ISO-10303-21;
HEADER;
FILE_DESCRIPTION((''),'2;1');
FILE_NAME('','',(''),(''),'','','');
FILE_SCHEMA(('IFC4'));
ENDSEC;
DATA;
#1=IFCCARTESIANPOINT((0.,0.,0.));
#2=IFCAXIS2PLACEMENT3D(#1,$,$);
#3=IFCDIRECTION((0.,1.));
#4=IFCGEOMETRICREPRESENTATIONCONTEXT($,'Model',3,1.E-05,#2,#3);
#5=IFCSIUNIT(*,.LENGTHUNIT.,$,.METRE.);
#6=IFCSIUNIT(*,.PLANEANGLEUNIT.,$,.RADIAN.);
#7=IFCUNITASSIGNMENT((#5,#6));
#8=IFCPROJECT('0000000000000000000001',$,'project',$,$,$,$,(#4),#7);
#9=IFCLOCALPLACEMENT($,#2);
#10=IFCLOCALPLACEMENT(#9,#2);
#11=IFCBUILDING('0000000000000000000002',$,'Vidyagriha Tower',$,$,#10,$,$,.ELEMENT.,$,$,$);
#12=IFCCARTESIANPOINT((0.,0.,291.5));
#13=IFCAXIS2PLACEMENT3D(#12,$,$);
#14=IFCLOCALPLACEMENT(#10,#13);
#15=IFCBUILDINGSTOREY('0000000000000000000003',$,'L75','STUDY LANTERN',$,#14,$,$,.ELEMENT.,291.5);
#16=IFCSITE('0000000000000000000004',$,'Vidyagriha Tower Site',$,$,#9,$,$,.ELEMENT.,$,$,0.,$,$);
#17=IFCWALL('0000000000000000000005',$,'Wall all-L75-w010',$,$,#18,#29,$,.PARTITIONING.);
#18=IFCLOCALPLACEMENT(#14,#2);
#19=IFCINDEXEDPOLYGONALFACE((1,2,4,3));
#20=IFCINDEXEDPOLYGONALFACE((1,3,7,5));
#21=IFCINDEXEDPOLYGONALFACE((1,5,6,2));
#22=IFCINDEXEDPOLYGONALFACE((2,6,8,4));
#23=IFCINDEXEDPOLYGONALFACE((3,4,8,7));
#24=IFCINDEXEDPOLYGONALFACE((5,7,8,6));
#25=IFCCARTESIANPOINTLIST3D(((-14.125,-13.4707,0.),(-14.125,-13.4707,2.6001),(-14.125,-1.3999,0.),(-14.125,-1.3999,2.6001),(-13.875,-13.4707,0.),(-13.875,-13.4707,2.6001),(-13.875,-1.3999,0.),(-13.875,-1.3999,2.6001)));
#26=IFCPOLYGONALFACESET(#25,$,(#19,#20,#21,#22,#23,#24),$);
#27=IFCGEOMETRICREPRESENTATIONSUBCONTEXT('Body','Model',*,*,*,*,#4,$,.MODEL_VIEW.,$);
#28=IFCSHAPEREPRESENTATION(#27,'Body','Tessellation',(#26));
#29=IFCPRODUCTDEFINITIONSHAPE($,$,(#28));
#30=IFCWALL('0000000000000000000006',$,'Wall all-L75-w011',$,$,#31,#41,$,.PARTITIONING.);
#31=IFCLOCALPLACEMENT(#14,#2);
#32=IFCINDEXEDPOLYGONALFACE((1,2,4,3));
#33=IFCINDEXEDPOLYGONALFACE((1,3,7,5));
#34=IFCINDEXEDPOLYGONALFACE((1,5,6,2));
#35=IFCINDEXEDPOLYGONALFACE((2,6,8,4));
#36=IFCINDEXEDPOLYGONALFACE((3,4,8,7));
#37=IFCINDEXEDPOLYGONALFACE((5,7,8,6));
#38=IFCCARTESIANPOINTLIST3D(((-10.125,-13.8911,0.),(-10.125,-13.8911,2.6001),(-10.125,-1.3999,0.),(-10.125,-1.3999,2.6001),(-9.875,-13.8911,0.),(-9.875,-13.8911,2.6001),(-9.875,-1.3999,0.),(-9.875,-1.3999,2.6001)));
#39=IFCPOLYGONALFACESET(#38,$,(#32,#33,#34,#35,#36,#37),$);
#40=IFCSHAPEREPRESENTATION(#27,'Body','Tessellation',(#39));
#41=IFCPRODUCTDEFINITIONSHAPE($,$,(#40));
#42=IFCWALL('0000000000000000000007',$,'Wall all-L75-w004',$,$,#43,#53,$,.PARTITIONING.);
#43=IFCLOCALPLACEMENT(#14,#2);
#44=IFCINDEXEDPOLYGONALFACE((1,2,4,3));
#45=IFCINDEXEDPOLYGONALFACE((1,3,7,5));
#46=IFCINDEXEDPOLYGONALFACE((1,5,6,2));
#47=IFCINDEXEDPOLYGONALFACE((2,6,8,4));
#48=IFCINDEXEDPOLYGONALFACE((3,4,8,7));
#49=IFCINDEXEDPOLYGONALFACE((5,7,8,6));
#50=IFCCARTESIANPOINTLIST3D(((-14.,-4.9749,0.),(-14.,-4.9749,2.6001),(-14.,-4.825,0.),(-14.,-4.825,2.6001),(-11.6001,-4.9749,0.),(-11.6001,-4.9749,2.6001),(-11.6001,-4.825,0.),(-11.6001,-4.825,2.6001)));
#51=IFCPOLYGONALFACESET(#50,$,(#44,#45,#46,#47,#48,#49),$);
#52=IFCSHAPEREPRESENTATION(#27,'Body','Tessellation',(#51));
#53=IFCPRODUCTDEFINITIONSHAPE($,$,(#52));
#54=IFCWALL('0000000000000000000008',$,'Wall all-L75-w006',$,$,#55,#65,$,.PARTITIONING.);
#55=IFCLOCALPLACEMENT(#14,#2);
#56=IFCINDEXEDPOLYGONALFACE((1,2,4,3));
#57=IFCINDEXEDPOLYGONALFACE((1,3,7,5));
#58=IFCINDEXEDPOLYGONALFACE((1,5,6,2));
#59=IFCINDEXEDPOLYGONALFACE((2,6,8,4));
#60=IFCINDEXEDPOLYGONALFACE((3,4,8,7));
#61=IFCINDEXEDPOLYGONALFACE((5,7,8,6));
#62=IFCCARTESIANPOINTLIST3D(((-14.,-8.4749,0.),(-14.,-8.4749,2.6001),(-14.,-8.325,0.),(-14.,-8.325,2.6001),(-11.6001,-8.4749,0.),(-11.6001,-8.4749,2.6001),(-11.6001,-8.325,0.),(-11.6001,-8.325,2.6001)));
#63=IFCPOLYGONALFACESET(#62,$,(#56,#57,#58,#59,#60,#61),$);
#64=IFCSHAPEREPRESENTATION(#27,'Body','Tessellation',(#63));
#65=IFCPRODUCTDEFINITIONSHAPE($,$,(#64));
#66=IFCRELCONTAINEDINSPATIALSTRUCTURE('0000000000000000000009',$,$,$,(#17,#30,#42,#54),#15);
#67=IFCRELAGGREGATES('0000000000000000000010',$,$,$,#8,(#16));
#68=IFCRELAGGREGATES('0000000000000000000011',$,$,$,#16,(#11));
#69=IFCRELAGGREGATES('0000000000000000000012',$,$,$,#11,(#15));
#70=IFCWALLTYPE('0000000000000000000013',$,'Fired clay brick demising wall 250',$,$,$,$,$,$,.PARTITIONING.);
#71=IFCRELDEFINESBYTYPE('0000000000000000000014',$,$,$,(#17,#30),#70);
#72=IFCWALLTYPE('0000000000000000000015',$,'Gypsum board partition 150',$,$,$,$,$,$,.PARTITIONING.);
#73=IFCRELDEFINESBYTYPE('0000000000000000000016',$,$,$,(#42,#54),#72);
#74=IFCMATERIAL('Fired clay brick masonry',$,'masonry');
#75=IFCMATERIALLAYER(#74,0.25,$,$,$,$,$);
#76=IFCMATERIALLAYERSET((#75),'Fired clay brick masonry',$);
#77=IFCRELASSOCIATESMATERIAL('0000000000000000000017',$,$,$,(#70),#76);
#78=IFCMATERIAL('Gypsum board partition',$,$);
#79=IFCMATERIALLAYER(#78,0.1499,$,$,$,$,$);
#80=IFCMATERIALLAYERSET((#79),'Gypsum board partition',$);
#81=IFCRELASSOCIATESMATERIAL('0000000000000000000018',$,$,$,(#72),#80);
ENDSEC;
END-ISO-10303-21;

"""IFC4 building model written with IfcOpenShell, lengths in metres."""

from ifc_helpers import new_model, si_unit, direction, frame, frame_2d, origin, place, context, subcontext, project, spatial, rectangle, extrude, material, layer, layer_set, type_object, element, save


model = new_model("IFC4")

# Units and contexts
model_context = context("Model", 3, precision=1e-05, world=origin(), true_north=direction((0.0, 1.0)))
body_context = subcontext(model_context, "Body", "Model", "MODEL_VIEW")
ifc_project = project(units=[si_unit("LENGTHUNIT", "METRE"), si_unit("PLANEANGLEUNIT", "RADIAN")], contexts=[model_context])

# Site, building, storey
site_placement = place(None, origin())
site = spatial("IfcSite", under=ifc_project, at=site_placement, Name="Vidyagriha Tower Site", CompositionType="ELEMENT", RefElevation=0.0)
building_placement = place(site_placement, origin())
building = spatial("IfcBuilding", under=site, at=building_placement, Name="Vidyagriha Tower", CompositionType="ELEMENT")
storey_placement = place(building_placement, frame((0.0, 0.0, 291.5)))
storey = spatial("IfcBuildingStorey", under=building, at=storey_placement, Name="L75", Description="STUDY LANTERN", CompositionType="ELEMENT", Elevation=291.5)

# Walls
ifc_material_1 = material(Name="Fired clay brick masonry", Category="masonry")
ifc_layer_1 = layer(ifc_material_1, 0.25)
ifc_layer_set_1 = layer_set([ifc_layer_1], Name="Fired clay brick masonry")
wall_type_1 = type_object("IfcWallType", Name="Fired clay brick demising wall 250", PredefinedType="PARTITIONING", material=ifc_layer_set_1)
wall_1_placement = place(storey_placement, frame((-14.0, -1.3999, 0.0), z_axis=(0.0, 0.0, 1.0), x_axis=(0.0, -1.0, 0.0)))
element("IfcWall", 1, at=wall_1_placement, inside=storey, type_object=wall_type_1, Name="Wall all-L75-w010", PredefinedType="PARTITIONING", context=body_context, shape_type="SweptSolid", body=[
    extrude(rectangle(XDim=12.0708, YDim=0.25, at=frame_2d((6.0354, 0.0))), origin(), (0.0, 0.0, 1.0), 2.6001),
])
wall_2_placement = place(storey_placement, frame((-10.0, -1.3999, 0.0), z_axis=(0.0, 0.0, 1.0), x_axis=(0.0, -1.0, 0.0)))
element("IfcWall", 2, at=wall_2_placement, inside=storey, type_object=wall_type_1, Name="Wall all-L75-w011", PredefinedType="PARTITIONING", context=body_context, shape_type="SweptSolid", body=[
    extrude(rectangle(XDim=12.4912, YDim=0.25, at=frame_2d((6.2456, 0.0))), origin(), (0.0, 0.0, 1.0), 2.6001),
])
ifc_material_2 = material(Name="Gypsum board partition")
ifc_layer_2 = layer(ifc_material_2, 0.1499)
ifc_layer_set_2 = layer_set([ifc_layer_2], Name="Gypsum board partition")
wall_type_2 = type_object("IfcWallType", Name="Gypsum board partition 150", PredefinedType="PARTITIONING", material=ifc_layer_set_2)
for number, where, z_axis, x_axis, name in (
    (3, (-11.6001, -4.8999, 0.0), (0.0, 0.0, 1.0), (-1.0, 0.0, 0.0), "Wall all-L75-w004"),
    (4, (-11.6001, -8.3999, 0.0), (0.0, 0.0, 1.0), (-1.0, 0.0, 0.0), "Wall all-L75-w006"),
):
    element("IfcWall", number, at=place(storey_placement, frame(where, z_axis=z_axis, x_axis=x_axis)), inside=storey, type_object=wall_type_2, Name=name, PredefinedType="PARTITIONING", context=body_context, shape_type="SweptSolid", body=[
        extrude(rectangle(XDim=2.3999, YDim=0.1499, at=frame_2d((1.2, 0.0))), origin(), (0.0, 0.0, 1.0), 2.6001),
    ])

save(model, "model.ifc")
